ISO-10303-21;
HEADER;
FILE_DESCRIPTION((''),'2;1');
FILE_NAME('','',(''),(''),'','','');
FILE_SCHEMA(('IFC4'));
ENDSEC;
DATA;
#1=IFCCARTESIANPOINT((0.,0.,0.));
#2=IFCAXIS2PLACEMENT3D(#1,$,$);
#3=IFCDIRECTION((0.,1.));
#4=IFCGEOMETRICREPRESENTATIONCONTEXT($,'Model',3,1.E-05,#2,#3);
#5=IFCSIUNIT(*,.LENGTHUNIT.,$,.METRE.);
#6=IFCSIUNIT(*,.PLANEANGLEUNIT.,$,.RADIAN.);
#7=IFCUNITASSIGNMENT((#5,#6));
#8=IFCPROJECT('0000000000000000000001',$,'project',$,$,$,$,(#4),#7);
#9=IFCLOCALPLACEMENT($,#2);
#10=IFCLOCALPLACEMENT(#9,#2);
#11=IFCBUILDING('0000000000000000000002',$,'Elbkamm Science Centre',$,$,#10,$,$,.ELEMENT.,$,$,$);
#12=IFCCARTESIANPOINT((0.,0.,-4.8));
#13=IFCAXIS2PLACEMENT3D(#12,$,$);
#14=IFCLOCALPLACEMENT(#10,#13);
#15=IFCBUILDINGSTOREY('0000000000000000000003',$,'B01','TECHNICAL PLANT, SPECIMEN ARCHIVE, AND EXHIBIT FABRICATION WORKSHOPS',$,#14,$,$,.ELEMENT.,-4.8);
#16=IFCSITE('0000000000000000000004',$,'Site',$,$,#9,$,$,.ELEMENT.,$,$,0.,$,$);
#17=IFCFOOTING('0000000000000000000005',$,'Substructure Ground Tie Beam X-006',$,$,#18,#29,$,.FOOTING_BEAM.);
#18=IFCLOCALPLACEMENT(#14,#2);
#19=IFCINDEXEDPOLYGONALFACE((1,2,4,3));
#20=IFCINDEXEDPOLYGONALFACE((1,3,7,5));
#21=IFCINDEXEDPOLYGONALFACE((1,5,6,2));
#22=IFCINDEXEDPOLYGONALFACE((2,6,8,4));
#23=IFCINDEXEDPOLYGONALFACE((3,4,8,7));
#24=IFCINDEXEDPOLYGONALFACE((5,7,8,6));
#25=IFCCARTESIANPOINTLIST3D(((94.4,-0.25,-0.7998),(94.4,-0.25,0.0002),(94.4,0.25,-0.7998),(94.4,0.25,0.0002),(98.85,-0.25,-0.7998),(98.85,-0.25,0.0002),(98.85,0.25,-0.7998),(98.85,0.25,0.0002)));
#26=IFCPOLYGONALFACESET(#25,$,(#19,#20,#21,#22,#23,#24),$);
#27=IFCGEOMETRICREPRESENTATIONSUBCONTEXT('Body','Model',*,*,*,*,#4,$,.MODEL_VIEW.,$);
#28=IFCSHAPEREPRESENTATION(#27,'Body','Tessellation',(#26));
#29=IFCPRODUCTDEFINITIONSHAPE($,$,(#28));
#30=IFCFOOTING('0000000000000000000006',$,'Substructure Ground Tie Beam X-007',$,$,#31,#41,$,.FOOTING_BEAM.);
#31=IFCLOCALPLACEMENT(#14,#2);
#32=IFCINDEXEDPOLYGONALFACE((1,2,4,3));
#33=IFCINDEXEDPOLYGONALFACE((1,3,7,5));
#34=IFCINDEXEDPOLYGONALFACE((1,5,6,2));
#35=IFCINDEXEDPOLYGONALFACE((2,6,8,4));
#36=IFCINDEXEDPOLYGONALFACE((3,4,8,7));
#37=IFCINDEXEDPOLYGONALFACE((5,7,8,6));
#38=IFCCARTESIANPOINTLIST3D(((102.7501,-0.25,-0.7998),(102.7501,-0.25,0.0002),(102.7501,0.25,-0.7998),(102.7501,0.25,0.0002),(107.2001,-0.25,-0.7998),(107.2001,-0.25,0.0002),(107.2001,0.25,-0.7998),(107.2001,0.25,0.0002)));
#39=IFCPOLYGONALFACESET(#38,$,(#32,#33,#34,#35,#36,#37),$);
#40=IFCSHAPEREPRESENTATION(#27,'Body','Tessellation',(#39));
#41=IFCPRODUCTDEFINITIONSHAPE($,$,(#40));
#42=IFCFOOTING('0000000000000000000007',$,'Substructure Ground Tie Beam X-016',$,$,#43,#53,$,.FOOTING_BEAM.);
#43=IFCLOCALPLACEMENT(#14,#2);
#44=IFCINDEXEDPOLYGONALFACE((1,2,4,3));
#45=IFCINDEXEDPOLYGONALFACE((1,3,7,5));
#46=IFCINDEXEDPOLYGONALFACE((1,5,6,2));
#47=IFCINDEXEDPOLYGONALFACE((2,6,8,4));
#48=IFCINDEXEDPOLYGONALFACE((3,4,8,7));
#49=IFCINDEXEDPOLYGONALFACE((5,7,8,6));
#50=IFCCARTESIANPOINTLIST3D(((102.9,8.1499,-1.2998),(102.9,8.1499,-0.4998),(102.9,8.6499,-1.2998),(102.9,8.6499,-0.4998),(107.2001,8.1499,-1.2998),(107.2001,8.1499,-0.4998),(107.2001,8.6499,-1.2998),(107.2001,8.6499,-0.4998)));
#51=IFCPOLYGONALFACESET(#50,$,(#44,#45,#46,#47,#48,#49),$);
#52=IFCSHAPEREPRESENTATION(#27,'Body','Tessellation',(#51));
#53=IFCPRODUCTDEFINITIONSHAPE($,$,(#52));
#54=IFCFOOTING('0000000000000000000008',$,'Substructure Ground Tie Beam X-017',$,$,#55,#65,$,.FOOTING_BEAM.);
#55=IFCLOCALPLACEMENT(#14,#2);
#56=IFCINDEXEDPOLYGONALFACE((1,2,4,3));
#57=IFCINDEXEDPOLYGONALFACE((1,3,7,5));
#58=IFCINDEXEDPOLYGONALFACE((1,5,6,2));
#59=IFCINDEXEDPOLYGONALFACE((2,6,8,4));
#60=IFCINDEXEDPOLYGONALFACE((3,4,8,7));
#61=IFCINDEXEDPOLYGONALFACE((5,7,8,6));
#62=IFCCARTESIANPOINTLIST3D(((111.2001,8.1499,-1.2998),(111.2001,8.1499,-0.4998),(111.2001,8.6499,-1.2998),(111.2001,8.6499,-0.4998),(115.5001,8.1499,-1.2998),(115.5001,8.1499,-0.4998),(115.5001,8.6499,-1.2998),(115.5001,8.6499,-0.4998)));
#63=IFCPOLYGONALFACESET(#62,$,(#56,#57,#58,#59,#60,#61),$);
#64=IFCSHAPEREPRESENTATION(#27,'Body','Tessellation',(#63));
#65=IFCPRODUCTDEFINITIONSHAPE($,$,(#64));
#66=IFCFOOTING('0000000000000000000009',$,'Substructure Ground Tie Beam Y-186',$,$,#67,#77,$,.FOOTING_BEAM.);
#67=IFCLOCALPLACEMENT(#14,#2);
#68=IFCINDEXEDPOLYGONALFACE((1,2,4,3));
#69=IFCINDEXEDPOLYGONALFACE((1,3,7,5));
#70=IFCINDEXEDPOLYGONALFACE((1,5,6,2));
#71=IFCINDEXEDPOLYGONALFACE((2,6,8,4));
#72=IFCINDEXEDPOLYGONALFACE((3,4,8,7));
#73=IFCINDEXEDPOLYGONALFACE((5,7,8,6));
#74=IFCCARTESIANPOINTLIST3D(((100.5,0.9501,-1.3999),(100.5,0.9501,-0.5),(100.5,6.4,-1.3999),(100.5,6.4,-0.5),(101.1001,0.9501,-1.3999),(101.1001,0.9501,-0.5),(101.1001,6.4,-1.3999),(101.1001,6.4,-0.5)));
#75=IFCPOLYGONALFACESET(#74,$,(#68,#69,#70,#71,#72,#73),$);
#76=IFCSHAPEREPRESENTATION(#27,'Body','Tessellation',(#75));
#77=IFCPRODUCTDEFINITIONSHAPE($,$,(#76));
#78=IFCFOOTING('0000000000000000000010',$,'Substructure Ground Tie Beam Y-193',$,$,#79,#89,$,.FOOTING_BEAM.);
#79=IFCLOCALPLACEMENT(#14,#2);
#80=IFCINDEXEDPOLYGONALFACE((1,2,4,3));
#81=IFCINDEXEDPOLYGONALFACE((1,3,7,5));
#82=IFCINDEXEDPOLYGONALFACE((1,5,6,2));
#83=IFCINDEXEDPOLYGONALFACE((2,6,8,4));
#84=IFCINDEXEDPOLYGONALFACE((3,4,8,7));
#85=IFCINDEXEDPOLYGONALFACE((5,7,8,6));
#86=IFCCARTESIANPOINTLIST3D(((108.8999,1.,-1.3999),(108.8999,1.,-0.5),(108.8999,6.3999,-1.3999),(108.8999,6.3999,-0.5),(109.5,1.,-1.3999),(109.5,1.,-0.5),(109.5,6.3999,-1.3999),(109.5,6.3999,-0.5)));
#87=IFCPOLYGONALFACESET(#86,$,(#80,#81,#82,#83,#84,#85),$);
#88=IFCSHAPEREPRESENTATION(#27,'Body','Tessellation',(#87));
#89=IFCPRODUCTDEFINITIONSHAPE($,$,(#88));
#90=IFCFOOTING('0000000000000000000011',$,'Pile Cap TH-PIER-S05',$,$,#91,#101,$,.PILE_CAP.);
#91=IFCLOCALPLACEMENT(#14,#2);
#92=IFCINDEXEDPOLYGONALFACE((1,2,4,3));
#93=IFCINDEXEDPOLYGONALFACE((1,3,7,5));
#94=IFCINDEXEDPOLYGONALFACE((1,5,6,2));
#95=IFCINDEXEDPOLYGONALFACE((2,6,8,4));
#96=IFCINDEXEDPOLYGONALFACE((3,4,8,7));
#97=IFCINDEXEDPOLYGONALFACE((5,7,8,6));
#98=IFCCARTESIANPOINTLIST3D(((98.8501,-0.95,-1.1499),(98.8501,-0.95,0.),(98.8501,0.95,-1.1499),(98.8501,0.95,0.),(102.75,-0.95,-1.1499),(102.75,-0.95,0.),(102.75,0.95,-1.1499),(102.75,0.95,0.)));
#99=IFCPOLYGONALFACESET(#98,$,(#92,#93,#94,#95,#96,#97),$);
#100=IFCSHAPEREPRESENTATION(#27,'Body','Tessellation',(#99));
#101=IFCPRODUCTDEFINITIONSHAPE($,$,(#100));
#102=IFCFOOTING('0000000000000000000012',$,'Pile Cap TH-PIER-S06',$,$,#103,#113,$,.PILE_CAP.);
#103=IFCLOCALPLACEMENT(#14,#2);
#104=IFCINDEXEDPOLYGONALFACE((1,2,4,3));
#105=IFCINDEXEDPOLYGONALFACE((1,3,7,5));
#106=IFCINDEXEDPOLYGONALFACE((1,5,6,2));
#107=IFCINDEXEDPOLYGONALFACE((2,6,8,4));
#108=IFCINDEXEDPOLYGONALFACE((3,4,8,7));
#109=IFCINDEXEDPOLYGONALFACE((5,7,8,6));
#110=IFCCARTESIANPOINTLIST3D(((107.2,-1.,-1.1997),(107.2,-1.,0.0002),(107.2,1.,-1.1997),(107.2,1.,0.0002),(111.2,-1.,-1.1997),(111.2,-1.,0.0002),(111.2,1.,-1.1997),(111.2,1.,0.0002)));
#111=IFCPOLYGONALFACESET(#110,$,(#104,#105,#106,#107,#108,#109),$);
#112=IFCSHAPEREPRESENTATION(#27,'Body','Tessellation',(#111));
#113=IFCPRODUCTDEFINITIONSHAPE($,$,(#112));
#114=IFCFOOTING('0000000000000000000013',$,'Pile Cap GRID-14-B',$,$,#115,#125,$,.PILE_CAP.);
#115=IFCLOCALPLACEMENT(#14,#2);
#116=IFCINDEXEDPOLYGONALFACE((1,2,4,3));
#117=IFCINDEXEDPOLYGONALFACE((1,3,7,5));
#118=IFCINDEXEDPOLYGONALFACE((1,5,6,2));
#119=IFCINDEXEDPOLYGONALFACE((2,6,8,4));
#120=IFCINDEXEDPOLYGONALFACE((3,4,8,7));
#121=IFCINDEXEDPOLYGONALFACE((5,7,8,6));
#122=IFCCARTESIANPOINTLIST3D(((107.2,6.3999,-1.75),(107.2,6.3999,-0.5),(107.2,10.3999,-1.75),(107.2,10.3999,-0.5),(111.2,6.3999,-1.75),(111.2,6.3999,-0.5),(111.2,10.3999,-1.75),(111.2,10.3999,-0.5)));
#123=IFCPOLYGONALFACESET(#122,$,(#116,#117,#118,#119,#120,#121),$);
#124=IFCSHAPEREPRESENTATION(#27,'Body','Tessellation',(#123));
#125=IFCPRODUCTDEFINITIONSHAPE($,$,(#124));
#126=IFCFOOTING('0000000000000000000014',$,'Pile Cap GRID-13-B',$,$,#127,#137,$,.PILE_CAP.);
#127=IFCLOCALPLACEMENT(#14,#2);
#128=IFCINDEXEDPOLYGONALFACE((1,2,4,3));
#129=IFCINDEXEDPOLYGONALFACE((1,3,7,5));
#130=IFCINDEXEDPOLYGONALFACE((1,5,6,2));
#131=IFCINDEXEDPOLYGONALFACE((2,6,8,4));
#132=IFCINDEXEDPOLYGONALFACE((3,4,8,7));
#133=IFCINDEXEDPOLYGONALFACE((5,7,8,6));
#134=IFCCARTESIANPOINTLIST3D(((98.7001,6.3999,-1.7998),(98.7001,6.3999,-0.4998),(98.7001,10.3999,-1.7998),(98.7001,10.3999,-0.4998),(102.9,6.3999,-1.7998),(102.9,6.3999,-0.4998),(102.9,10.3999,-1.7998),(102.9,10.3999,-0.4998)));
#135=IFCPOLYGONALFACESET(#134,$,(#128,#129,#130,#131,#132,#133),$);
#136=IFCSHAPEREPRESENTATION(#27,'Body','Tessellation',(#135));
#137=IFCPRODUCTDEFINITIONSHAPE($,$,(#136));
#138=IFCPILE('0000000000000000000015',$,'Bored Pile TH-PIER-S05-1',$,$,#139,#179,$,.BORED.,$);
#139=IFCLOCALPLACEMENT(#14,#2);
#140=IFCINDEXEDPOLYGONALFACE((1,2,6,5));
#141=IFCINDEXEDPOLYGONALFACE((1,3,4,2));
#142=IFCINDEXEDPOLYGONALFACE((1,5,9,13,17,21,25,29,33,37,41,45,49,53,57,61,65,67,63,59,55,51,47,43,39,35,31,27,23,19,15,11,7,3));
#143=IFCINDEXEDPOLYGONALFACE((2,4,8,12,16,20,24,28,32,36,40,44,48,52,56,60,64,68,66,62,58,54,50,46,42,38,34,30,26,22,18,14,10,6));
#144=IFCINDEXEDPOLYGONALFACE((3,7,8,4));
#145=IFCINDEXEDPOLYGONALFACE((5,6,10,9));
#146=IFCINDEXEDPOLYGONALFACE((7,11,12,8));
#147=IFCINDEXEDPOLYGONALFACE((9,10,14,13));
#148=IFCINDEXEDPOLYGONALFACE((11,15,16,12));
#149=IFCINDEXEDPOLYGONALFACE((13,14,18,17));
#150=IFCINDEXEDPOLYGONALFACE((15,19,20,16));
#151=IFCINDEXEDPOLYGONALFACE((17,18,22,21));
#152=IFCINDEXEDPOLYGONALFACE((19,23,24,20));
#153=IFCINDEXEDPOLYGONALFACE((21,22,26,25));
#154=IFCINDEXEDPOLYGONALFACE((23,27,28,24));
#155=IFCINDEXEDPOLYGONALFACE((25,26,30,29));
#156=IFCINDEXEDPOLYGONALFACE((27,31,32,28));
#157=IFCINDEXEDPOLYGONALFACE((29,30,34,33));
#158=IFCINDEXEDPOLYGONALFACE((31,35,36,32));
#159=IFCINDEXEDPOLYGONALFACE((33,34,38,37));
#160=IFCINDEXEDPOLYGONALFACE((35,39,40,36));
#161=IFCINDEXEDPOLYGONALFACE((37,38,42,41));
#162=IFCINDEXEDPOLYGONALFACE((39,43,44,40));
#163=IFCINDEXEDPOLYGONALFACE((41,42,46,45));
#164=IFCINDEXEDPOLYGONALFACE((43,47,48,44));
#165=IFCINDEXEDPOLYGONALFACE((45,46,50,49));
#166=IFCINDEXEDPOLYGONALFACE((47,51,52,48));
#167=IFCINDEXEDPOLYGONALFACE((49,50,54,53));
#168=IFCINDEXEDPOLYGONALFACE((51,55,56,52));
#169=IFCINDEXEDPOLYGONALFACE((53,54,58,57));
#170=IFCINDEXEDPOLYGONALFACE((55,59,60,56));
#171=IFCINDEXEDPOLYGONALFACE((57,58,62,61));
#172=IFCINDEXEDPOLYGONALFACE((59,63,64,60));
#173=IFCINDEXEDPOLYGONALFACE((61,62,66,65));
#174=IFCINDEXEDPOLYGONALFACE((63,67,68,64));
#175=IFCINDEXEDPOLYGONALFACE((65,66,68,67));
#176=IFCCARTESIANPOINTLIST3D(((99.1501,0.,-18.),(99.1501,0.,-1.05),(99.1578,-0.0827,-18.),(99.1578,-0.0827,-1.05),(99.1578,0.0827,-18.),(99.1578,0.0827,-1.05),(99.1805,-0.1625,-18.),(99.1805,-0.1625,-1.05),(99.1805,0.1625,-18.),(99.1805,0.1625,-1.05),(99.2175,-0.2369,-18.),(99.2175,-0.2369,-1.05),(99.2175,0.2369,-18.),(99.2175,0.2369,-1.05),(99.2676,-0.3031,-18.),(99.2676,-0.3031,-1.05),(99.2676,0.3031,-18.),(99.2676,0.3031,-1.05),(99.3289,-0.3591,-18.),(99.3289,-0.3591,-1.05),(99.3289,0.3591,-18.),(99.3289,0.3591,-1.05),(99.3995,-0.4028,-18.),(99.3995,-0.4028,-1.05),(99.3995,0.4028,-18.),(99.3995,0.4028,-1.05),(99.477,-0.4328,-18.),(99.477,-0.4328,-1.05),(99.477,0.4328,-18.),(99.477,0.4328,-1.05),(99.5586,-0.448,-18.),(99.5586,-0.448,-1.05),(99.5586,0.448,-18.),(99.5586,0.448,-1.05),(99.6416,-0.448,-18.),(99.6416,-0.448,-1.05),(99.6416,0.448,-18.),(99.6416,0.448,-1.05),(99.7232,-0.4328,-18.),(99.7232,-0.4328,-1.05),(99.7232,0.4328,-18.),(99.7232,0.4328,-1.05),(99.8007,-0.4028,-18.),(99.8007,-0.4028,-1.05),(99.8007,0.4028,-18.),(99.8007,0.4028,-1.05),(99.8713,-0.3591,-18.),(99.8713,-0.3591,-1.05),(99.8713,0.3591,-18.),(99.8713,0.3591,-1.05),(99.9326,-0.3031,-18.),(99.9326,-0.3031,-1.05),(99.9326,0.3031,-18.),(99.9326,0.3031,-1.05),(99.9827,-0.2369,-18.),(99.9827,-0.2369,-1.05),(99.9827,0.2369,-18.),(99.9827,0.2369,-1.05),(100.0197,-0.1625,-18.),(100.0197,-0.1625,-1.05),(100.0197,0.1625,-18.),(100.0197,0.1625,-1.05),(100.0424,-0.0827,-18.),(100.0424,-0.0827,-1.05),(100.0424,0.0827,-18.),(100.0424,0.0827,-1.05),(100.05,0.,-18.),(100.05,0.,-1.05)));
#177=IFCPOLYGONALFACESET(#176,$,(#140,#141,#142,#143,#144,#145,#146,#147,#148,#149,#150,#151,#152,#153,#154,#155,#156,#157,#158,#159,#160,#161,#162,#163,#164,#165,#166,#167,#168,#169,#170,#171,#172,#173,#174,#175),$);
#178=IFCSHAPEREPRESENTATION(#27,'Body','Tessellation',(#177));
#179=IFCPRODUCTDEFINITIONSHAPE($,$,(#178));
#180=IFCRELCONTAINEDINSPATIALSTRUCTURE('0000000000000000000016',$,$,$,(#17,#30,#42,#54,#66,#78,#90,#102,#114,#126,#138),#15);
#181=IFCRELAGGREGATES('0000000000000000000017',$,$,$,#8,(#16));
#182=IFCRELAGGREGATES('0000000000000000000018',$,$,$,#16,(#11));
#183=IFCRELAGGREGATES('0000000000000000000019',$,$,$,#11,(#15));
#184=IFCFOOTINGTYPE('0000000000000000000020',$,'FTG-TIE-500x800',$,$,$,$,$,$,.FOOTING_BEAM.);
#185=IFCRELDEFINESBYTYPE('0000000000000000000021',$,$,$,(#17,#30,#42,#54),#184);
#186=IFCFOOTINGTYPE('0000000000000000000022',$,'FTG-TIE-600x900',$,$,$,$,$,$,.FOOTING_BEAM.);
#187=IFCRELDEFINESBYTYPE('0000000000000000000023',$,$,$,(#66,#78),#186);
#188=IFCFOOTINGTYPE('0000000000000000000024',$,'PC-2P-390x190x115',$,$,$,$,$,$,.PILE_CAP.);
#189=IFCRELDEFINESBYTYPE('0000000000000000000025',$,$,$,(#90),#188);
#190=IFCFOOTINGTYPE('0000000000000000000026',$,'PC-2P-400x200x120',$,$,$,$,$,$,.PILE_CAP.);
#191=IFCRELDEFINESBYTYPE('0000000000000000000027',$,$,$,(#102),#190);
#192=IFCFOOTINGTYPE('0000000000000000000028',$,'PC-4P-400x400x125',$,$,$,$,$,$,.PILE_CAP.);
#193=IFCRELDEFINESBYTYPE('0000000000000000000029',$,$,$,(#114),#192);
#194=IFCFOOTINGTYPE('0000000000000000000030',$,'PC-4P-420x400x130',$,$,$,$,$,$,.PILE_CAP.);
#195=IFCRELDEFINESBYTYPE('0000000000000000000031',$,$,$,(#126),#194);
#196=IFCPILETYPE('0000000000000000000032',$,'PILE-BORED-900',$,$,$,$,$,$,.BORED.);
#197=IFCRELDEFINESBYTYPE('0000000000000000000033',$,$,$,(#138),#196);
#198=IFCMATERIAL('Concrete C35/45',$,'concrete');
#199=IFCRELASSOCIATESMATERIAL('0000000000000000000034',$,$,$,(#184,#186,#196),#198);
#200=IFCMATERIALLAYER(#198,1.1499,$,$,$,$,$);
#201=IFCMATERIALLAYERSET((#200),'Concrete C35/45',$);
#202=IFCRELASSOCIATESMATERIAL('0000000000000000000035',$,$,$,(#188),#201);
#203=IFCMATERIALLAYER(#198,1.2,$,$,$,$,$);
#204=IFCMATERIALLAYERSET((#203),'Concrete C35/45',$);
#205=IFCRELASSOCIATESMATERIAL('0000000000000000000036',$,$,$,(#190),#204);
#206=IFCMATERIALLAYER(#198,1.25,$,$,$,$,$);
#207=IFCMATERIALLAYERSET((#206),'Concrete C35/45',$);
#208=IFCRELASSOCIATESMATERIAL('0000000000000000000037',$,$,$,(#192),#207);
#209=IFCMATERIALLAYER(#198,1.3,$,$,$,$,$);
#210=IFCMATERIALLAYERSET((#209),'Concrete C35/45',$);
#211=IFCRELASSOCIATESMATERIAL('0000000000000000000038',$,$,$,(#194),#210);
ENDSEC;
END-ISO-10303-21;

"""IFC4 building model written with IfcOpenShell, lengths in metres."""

from ifc_helpers import new_model, si_unit, direction, frame, origin, origin_2d, place, context, subcontext, project, spatial, rectangle, circle, extrude, material, layer, layer_set, material_profile, profile_set, type_object, element, save


model = new_model("IFC4")

# Units and contexts
model_context = context("Model", 3, precision=1e-05, world=origin(), true_north=direction((0.0, 1.0)))
body_context = subcontext(model_context, "Body", "Model", "MODEL_VIEW")
ifc_project = project(units=[si_unit("LENGTHUNIT", "METRE"), si_unit("PLANEANGLEUNIT", "RADIAN")], contexts=[model_context])

# Site, building, storey
site_placement = place(None, origin())
site = spatial("IfcSite", under=ifc_project, at=site_placement, Name="Site", CompositionType="ELEMENT", RefElevation=0.0)
building_placement = place(site_placement, origin())
building = spatial("IfcBuilding", under=site, at=building_placement, Name="Elbkamm Science Centre", CompositionType="ELEMENT")
storey_placement = place(building_placement, frame((0.0, 0.0, -4.8)))
storey = spatial("IfcBuildingStorey", under=building, at=storey_placement, Name="B01", Description="TECHNICAL PLANT, SPECIMEN ARCHIVE, AND EXHIBIT FABRICATION WORKSHOPS", CompositionType="ELEMENT", Elevation=-4.8)

# Footings
ifc_material_1 = material(Name="Concrete C35/45", Category="concrete")
footing_type_1 = type_object("IfcFootingType", Name="FTG-TIE-500x800", PredefinedType="FOOTING_BEAM", material=ifc_material_1)
for number, where, z_axis, x_axis, name in (
    (1, (96.625, 0.0, -0.7998), (0.0, 0.0, 1.0), (1.0, 0.0, 0.0), "Substructure Ground Tie Beam X-006"),
    (2, (104.9751, 0.0, -0.7998), (0.0, 0.0, 1.0), (1.0, 0.0, 0.0), "Substructure Ground Tie Beam X-007"),
):
    element("IfcFooting", number, at=place(storey_placement, frame(where, z_axis=z_axis, x_axis=x_axis)), inside=storey, type_object=footing_type_1, Name=name, PredefinedType="FOOTING_BEAM", context=body_context, shape_type="SweptSolid", body=[
        extrude(rectangle(XDim=4.45, YDim=0.5, at=origin_2d()), origin(), (0.0, 0.0, 1.0), 0.8),
    ])
for number, where, z_axis, x_axis, name in (
    (3, (105.05, 8.3999, -1.2998), (0.0, 0.0, 1.0), (1.0, 0.0, 0.0), "Substructure Ground Tie Beam X-016"),
    (4, (113.3501, 8.3999, -1.2998), (0.0, 0.0, 1.0), (1.0, 0.0, 0.0), "Substructure Ground Tie Beam X-017"),
):
    element("IfcFooting", number, at=place(storey_placement, frame(where, z_axis=z_axis, x_axis=x_axis)), inside=storey, type_object=footing_type_1, Name=name, PredefinedType="FOOTING_BEAM", context=body_context, shape_type="SweptSolid", body=[
        extrude(rectangle(XDim=4.3, YDim=0.5, at=origin_2d()), origin(), (0.0, 0.0, 1.0), 0.8),
    ])
footing_type_2 = type_object("IfcFootingType", Name="FTG-TIE-600x900", PredefinedType="FOOTING_BEAM", material=ifc_material_1)
footing_1_placement = place(storey_placement, frame((100.8, 3.675, -1.3999), z_axis=(0.0, 0.0, 1.0), x_axis=(1.0, 0.0, 0.0)))
element("IfcFooting", 5, at=footing_1_placement, inside=storey, type_object=footing_type_2, Name="Substructure Ground Tie Beam Y-186", PredefinedType="FOOTING_BEAM", context=body_context, shape_type="SweptSolid", body=[
    extrude(rectangle(XDim=0.6001, YDim=5.45, at=origin_2d()), origin(), (0.0, 0.0, 1.0), 0.8999),
])
footing_2_placement = place(storey_placement, frame((109.2, 3.7, -1.3999), z_axis=(0.0, 0.0, 1.0), x_axis=(1.0, 0.0, 0.0)))
element("IfcFooting", 6, at=footing_2_placement, inside=storey, type_object=footing_type_2, Name="Substructure Ground Tie Beam Y-193", PredefinedType="FOOTING_BEAM", context=body_context, shape_type="SweptSolid", body=[
    extrude(rectangle(XDim=0.6001, YDim=5.3999, at=origin_2d()), origin(), (0.0, 0.0, 1.0), 0.8999),
])
ifc_layer_1 = layer(ifc_material_1, 1.1499)
ifc_layer_set_1 = layer_set([ifc_layer_1], Name="Concrete C35/45")
footing_type_3 = type_object("IfcFootingType", Name="PC-2P-390x190x115", PredefinedType="PILE_CAP", material=ifc_layer_set_1)
footing_3_placement = place(storey_placement, frame((100.8, 0.0, -1.1499), z_axis=(0.0, 0.0, 1.0), x_axis=(1.0, 0.0, 0.0)))
element("IfcFooting", 7, at=footing_3_placement, inside=storey, type_object=footing_type_3, Name="Pile Cap TH-PIER-S05", PredefinedType="PILE_CAP", context=body_context, shape_type="SweptSolid", body=[
    extrude(rectangle(XDim=3.8999, YDim=1.8999, at=origin_2d()), origin(), (0.0, 0.0, 1.0), 1.1499),
])
ifc_layer_2 = layer(ifc_material_1, 1.2)
ifc_layer_set_2 = layer_set([ifc_layer_2], Name="Concrete C35/45")
footing_type_4 = type_object("IfcFootingType", Name="PC-2P-400x200x120", PredefinedType="PILE_CAP", material=ifc_layer_set_2)
footing_4_placement = place(storey_placement, frame((109.2, 0.0, -1.1997), z_axis=(0.0, 0.0, 1.0), x_axis=(1.0, 0.0, 0.0)))
element("IfcFooting", 8, at=footing_4_placement, inside=storey, type_object=footing_type_4, Name="Pile Cap TH-PIER-S06", PredefinedType="PILE_CAP", context=body_context, shape_type="SweptSolid", body=[
    extrude(rectangle(XDim=4.0, YDim=2.0, at=origin_2d()), origin(), (0.0, 0.0, 1.0), 1.2),
])
ifc_layer_3 = layer(ifc_material_1, 1.25)
ifc_layer_set_3 = layer_set([ifc_layer_3], Name="Concrete C35/45")
footing_type_5 = type_object("IfcFootingType", Name="PC-4P-400x400x125", PredefinedType="PILE_CAP", material=ifc_layer_set_3)
footing_5_placement = place(storey_placement, frame((109.2, 8.3999, -1.75), z_axis=(0.0, 0.0, 1.0), x_axis=(1.0, 0.0, 0.0)))
element("IfcFooting", 9, at=footing_5_placement, inside=storey, type_object=footing_type_5, Name="Pile Cap GRID-14-B", PredefinedType="PILE_CAP", context=body_context, shape_type="SweptSolid", body=[
    extrude(rectangle(XDim=4.0, YDim=4.0, at=origin_2d()), origin(), (0.0, 0.0, 1.0), 1.25),
])
ifc_layer_4 = layer(ifc_material_1, 1.3)
ifc_layer_set_4 = layer_set([ifc_layer_4], Name="Concrete C35/45")
footing_type_6 = type_object("IfcFootingType", Name="PC-4P-420x400x130", PredefinedType="PILE_CAP", material=ifc_layer_set_4)
footing_6_placement = place(storey_placement, frame((100.8, 8.3999, -1.7998), z_axis=(0.0, 0.0, 1.0), x_axis=(1.0, 0.0, 0.0)))
element("IfcFooting", 10, at=footing_6_placement, inside=storey, type_object=footing_type_6, Name="Pile Cap GRID-13-B", PredefinedType="PILE_CAP", context=body_context, shape_type="SweptSolid", body=[
    extrude(rectangle(XDim=4.2, YDim=4.0, at=origin_2d()), origin(), (0.0, 0.0, 1.0), 1.3),
])

# Pile
ifc_material_profile_1 = material_profile(ifc_material_1, circle(Radius=0.45, at=origin_2d()), Name="PILE D900")
ifc_profile_set_1 = profile_set([ifc_material_profile_1], Name="Concrete C35/45")
pile_type = type_object("IfcPileType", Name="PILE-BORED-900", PredefinedType="BORED", material=ifc_profile_set_1)
for number, where, z_axis, x_axis, name in (
    (11, (99.6001, 0.0, -1.05), (0.0, 0.0, -1.0), (1.0, 0.0, 0.0), "Bored Pile TH-PIER-S05-1"),
):
    element("IfcPile", number, at=place(storey_placement, frame(where, z_axis=z_axis, x_axis=x_axis)), inside=storey, type_object=pile_type, Name=name, PredefinedType="BORED", context=body_context, shape_type="SweptSolid", body=[
        extrude(circle(Radius=0.45, at=origin_2d()), origin(), (0.0, 0.0, 1.0), 16.95),
    ])

save(model, "model.ifc")
